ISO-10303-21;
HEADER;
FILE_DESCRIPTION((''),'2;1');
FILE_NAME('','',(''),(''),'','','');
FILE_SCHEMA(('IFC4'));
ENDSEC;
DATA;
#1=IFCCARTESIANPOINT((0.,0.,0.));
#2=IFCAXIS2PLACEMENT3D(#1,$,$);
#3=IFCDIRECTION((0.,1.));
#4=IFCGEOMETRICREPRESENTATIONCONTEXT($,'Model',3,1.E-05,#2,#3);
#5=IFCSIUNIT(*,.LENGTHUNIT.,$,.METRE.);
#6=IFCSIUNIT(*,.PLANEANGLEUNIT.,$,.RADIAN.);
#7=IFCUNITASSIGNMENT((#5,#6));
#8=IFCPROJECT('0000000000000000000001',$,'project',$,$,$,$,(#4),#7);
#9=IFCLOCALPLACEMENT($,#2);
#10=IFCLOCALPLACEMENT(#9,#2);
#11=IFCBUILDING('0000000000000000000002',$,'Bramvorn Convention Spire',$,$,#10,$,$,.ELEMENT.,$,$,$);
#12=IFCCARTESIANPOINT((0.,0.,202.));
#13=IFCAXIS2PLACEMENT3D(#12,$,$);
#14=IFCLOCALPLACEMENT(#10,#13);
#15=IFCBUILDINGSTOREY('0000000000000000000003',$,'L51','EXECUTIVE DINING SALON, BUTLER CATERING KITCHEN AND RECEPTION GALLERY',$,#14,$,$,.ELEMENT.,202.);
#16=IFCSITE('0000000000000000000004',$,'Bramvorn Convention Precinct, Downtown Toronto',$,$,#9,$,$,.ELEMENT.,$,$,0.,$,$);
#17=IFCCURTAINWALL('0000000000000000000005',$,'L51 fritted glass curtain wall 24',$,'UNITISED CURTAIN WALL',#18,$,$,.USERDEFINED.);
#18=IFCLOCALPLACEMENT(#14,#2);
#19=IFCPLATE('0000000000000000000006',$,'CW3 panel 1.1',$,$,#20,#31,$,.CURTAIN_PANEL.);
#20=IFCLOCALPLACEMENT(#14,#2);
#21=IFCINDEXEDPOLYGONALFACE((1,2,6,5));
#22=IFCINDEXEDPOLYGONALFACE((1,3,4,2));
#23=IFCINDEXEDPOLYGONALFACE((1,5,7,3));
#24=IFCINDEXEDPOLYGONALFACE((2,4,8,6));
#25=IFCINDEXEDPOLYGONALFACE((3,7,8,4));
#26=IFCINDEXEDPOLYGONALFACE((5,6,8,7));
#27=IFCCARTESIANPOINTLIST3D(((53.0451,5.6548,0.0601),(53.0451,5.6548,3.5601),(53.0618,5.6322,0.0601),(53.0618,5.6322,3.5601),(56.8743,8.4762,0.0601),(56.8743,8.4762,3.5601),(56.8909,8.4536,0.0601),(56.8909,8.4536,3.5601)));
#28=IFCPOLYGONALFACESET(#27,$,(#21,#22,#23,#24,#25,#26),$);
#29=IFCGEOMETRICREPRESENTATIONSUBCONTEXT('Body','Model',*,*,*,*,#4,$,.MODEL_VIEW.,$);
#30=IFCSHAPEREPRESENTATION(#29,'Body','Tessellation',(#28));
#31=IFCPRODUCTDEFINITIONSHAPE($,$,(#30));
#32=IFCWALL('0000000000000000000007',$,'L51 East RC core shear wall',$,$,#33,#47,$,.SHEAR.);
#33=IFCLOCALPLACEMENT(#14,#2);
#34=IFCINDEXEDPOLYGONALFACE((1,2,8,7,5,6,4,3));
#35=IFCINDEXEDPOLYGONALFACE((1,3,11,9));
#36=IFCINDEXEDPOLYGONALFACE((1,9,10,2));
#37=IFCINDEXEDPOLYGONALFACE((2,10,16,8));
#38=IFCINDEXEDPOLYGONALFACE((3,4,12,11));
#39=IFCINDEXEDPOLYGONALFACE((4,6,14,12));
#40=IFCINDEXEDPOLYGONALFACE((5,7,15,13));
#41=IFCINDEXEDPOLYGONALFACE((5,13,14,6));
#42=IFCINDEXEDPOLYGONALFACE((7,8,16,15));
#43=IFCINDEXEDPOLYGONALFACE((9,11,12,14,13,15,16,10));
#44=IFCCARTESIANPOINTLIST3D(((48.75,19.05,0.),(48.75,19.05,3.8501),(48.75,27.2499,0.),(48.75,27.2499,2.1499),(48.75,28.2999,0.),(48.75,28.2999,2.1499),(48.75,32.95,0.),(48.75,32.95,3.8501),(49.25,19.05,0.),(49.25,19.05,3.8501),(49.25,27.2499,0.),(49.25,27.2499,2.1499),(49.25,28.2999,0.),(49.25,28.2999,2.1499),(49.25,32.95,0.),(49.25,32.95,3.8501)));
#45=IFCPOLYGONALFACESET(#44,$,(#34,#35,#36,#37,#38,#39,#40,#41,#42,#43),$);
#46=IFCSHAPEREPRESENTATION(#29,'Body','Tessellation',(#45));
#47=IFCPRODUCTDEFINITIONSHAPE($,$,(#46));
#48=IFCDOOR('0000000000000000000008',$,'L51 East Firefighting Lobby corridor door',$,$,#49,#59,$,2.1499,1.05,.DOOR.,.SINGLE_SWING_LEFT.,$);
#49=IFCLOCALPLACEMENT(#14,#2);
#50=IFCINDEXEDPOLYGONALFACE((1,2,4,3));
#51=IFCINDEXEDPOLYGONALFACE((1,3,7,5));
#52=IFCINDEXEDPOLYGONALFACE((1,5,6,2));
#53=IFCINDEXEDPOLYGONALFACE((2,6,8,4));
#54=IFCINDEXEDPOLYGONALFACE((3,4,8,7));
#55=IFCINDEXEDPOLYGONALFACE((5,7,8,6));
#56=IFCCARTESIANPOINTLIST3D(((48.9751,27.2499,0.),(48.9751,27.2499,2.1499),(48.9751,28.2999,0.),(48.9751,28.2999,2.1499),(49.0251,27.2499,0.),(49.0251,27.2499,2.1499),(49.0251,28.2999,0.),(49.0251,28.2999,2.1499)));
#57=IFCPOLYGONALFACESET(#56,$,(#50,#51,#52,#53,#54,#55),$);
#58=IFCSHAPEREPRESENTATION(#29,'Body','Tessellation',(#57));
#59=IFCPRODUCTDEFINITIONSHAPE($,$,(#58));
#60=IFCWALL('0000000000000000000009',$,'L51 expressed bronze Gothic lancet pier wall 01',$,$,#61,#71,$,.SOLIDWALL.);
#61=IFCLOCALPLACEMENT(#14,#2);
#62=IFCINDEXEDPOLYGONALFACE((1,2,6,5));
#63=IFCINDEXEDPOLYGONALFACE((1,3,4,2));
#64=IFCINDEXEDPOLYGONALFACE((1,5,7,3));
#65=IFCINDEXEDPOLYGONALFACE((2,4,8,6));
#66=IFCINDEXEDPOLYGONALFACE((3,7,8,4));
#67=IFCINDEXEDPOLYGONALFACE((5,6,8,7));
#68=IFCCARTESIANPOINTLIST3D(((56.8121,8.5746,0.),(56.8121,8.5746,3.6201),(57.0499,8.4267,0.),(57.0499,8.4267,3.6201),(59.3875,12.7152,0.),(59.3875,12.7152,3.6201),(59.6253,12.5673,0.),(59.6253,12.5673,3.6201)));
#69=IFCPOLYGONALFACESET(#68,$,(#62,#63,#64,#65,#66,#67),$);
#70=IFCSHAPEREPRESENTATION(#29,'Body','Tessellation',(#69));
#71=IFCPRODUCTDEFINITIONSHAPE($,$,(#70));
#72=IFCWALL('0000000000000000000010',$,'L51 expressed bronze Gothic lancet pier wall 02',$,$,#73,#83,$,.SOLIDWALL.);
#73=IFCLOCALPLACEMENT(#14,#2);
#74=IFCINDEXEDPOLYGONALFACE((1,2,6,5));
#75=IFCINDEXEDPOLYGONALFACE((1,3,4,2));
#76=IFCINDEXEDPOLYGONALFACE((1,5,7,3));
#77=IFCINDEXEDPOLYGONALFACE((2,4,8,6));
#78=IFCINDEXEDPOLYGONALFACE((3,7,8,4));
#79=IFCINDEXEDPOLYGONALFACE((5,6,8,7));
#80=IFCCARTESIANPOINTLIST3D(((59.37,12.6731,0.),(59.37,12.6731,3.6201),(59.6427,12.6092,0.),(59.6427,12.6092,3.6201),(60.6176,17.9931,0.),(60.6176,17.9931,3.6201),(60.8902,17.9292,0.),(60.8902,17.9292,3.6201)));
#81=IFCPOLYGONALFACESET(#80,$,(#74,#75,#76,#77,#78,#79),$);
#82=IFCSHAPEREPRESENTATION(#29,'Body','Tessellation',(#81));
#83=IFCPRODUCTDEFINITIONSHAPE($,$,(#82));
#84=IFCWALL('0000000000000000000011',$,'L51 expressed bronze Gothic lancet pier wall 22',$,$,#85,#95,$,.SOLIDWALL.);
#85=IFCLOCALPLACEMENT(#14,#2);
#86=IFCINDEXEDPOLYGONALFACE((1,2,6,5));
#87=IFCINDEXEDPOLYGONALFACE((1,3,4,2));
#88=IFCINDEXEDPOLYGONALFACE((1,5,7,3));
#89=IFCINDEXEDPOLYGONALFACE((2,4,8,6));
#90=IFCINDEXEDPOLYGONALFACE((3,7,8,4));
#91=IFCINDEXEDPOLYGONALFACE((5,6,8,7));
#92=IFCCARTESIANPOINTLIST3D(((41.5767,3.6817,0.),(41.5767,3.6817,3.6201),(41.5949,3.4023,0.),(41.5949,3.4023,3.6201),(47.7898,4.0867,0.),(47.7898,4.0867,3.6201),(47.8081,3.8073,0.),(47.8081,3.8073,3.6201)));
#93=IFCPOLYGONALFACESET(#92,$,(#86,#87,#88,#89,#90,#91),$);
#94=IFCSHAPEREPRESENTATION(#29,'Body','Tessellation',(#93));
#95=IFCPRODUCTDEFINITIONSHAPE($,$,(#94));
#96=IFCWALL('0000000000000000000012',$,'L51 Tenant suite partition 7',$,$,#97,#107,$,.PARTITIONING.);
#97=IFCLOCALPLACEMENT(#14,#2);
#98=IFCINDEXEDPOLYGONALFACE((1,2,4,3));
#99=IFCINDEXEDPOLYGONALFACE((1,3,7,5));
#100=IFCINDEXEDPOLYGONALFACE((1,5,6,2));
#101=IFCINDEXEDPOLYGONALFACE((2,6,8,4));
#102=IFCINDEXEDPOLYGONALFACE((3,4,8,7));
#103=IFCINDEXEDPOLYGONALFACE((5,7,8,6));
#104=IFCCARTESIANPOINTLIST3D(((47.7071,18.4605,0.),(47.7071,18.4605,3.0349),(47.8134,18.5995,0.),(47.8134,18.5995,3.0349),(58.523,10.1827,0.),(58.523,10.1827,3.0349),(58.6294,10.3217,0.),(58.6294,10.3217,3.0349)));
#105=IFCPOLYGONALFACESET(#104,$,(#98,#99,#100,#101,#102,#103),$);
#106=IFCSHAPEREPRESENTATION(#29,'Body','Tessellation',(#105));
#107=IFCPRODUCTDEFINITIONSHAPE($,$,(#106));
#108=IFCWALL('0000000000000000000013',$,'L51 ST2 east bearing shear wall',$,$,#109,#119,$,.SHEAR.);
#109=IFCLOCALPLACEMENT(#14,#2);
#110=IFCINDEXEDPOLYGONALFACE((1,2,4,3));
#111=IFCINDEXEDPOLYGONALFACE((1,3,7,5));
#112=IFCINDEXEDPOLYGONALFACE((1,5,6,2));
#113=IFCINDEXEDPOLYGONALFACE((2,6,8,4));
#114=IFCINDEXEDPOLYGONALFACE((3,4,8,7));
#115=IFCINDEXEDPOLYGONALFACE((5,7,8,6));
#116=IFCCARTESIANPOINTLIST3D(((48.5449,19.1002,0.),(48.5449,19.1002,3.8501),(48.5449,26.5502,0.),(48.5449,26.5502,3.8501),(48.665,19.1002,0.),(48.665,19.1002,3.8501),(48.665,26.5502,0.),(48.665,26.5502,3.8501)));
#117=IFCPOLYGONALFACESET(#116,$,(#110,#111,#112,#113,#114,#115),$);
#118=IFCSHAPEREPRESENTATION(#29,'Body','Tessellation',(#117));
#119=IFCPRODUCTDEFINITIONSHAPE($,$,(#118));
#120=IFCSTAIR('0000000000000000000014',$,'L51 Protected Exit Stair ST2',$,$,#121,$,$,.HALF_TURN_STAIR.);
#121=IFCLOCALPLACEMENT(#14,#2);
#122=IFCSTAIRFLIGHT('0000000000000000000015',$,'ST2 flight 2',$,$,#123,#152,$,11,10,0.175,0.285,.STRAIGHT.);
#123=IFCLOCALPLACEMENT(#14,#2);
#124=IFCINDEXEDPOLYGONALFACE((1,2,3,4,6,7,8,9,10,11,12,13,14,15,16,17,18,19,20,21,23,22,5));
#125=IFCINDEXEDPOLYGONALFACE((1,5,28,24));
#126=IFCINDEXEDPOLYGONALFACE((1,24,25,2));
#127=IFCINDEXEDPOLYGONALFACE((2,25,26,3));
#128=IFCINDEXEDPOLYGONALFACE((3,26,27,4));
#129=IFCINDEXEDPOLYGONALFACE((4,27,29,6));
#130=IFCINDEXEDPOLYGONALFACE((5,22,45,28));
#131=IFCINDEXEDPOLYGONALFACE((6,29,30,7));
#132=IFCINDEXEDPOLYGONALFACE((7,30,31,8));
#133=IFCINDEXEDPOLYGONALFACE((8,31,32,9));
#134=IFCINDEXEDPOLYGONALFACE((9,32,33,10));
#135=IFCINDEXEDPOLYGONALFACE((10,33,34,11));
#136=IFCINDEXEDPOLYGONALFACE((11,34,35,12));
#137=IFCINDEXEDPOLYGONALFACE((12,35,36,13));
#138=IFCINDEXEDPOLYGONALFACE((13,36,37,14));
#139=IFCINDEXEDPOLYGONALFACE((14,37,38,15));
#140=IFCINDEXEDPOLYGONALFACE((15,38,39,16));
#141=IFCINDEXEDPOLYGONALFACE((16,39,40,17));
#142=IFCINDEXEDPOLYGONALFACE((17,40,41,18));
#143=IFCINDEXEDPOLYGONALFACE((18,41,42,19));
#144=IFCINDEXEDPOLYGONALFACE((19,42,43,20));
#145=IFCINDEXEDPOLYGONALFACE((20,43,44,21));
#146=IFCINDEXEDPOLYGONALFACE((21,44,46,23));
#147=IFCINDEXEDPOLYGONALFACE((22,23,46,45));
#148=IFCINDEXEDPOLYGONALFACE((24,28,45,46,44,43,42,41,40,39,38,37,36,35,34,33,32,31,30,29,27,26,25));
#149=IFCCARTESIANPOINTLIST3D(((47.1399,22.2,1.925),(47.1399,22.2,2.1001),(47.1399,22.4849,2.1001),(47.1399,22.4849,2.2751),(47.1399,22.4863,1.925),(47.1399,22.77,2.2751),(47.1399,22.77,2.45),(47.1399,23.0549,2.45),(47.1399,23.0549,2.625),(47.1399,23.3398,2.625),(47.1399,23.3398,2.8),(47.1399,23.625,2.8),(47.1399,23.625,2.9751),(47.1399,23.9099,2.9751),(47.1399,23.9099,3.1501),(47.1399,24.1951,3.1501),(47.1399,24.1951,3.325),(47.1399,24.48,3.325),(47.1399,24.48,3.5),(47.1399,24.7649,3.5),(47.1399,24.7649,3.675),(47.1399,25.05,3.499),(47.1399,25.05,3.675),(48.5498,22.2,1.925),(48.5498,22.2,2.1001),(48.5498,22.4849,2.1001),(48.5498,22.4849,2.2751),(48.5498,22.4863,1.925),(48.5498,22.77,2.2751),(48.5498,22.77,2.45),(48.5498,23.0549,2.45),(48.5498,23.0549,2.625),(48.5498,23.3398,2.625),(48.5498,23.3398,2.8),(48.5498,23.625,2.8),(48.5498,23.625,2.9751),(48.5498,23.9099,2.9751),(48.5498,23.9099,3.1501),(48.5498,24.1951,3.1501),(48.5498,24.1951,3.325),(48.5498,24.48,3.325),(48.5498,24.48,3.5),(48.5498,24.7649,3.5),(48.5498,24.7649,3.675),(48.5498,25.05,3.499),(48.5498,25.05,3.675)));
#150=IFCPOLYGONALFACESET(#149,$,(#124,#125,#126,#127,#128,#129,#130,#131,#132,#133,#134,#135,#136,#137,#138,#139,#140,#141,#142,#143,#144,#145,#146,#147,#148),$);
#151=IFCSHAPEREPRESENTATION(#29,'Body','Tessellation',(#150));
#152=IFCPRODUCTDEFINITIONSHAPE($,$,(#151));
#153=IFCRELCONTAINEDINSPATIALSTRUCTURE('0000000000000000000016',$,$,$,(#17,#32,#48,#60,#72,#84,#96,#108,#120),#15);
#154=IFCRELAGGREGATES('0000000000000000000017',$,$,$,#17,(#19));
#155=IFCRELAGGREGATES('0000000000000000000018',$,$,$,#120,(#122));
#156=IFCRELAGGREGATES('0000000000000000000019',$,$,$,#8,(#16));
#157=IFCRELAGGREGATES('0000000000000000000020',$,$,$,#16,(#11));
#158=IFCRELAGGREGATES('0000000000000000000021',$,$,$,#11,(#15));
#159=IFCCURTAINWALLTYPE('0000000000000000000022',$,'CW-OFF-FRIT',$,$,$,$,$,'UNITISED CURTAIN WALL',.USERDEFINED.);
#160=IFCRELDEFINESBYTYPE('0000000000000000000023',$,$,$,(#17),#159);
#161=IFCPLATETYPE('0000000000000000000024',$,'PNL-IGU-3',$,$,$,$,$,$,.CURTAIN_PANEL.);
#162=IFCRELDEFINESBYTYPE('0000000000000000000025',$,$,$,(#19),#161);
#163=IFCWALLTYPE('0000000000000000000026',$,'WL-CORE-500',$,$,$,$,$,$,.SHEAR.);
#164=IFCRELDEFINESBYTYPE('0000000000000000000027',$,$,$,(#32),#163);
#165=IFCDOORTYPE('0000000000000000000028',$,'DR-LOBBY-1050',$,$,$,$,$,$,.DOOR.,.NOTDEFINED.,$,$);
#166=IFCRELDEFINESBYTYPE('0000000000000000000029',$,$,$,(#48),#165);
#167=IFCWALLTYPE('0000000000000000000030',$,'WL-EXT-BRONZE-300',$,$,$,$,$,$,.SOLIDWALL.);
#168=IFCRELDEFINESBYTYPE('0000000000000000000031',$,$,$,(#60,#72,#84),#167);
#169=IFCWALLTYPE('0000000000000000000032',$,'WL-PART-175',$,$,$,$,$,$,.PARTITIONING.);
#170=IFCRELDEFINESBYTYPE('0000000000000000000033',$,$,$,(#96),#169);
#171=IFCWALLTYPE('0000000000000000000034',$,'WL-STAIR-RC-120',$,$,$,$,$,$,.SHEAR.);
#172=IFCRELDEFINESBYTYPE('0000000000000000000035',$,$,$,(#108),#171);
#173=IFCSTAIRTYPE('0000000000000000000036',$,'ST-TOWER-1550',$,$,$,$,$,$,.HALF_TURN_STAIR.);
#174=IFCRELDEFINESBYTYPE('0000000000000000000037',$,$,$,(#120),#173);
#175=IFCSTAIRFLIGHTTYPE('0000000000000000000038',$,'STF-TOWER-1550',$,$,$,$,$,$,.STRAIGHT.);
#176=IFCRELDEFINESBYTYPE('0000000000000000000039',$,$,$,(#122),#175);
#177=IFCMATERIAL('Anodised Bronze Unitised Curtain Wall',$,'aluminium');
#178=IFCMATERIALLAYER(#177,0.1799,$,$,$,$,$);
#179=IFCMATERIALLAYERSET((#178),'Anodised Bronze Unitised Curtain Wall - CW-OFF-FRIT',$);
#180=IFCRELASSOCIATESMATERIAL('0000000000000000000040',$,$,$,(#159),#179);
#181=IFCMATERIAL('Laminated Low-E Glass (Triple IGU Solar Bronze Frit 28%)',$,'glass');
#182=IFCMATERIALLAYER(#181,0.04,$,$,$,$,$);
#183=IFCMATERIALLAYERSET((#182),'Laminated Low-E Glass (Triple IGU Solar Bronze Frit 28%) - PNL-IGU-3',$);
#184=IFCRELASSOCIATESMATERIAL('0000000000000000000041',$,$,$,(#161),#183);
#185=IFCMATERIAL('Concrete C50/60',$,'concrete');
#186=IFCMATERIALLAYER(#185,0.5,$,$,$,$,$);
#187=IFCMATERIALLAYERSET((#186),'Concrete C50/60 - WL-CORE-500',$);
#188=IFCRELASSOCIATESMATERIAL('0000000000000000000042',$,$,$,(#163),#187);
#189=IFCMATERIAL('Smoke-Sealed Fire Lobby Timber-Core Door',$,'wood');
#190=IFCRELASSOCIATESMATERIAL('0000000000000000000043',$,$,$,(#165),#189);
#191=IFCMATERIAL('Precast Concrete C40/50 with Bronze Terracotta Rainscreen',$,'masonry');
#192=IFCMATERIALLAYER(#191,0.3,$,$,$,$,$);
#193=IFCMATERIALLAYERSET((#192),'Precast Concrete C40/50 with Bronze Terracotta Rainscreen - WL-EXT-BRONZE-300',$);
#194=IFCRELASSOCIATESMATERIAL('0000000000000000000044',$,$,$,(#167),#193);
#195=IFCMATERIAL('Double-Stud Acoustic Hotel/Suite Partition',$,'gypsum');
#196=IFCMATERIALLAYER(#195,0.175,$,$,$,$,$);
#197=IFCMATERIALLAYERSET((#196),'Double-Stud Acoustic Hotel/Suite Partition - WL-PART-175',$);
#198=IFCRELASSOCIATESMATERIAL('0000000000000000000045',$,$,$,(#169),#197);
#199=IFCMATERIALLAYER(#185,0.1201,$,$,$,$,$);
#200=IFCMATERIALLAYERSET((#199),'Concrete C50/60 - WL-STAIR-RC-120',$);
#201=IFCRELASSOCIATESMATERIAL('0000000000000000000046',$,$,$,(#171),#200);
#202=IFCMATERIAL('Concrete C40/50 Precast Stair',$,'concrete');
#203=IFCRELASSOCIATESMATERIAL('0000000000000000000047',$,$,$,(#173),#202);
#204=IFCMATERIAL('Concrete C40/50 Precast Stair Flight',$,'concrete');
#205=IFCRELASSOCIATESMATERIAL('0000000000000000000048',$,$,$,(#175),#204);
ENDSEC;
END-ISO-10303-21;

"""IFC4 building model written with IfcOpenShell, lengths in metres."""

from ifc_helpers import new_model, si_unit, direction, frame, frame_2d, origin, origin_2d, place, context, subcontext, project, spatial, polyline, rectangle, outline, extrude, material, layer, layer_set, type_object, element, fill, aggregate, save


model = new_model("IFC4")

# Units and contexts
model_context = context("Model", 3, precision=1e-05, world=origin(), true_north=direction((0.0, 1.0)))
body_context = subcontext(model_context, "Body", "Model", "MODEL_VIEW")
ifc_project = project(units=[si_unit("LENGTHUNIT", "METRE"), si_unit("PLANEANGLEUNIT", "RADIAN")], contexts=[model_context])

# Site, building, storey
site_placement = place(None, origin())
site = spatial("IfcSite", under=ifc_project, at=site_placement, Name="Bramvorn Convention Precinct, Downtown Toronto", CompositionType="ELEMENT", RefElevation=0.0)
building_placement = place(site_placement, origin())
building = spatial("IfcBuilding", under=site, at=building_placement, Name="Bramvorn Convention Spire", CompositionType="ELEMENT")
storey_placement = place(building_placement, frame((0.0, 0.0, 202.0)))
storey = spatial("IfcBuildingStorey", under=building, at=storey_placement, Name="L51", Description="EXECUTIVE DINING SALON, BUTLER CATERING KITCHEN AND RECEPTION GALLERY", CompositionType="ELEMENT", Elevation=202.0)

# Curtain wall
ifc_material_1 = material(Name="Anodised Bronze Unitised Curtain Wall", Category="aluminium")
ifc_layer_1 = layer(ifc_material_1, 0.1799)
ifc_layer_set_1 = layer_set([ifc_layer_1], Name="Anodised Bronze Unitised Curtain Wall - CW-OFF-FRIT")
curtain_wall_type = type_object("IfcCurtainWallType", Name="CW-OFF-FRIT", ElementType="UNITISED CURTAIN WALL", PredefinedType="USERDEFINED", material=ifc_layer_set_1)
curtain_wall_1_placement = place(storey_placement, origin())
curtain_wall_1 = element("IfcCurtainWall", 1, at=curtain_wall_1_placement, inside=storey, type_object=curtain_wall_type, Name="L51 fritted glass curtain wall 24", ObjectType="UNITISED CURTAIN WALL", PredefinedType="USERDEFINED")

# Plate
ifc_material_2 = material(Name="Laminated Low-E Glass (Triple IGU Solar Bronze Frit 28%)", Category="glass")
ifc_layer_2 = layer(ifc_material_2, 0.04)
ifc_layer_set_2 = layer_set([ifc_layer_2], Name="Laminated Low-E Glass (Triple IGU Solar Bronze Frit 28%) - PNL-IGU-3")
plate_type = type_object("IfcPlateType", Name="PNL-IGU-3", PredefinedType="CURTAIN_PANEL", material=ifc_layer_set_2)
plate_1_placement = place(storey_placement, frame((54.968, 7.0542, 0.0601), z_axis=(0.0, 0.0, 1.0), x_axis=(-0.805068, -0.593183, 0.0)))
plate_1 = element("IfcPlate", 2, at=plate_1_placement, type_object=plate_type, Name="CW3 panel 1.1", PredefinedType="CURTAIN_PANEL", context=body_context, shape_type="SweptSolid", body=[
    extrude(rectangle(XDim=4.7563, YDim=0.0281, at=origin_2d()), origin(), (0.0, 0.0, 1.0), 3.5),
])
aggregate(curtain_wall_1, [plate_1])

# Wall, opening, door
ifc_material_3 = material(Name="Concrete C50/60", Category="concrete")
ifc_layer_3 = layer(ifc_material_3, 0.5)
ifc_layer_set_3 = layer_set([ifc_layer_3], Name="Concrete C50/60 - WL-CORE-500")
wall_type_1 = type_object("IfcWallType", Name="WL-CORE-500", PredefinedType="SHEAR", material=ifc_layer_set_3)
wall_1_placement = place(storey_placement, frame((49.0, 19.05, 0.0), z_axis=(0.0, 0.0, 1.0), x_axis=(0.0, 1.0, 0.0)))
wall_1 = element("IfcWall", 3, at=wall_1_placement, inside=storey, type_object=wall_type_1, Name="L51 East RC core shear wall", PredefinedType="SHEAR", context=body_context, shape_type="SweptSolid", body=[
    extrude(rectangle(XDim=13.8999, YDim=0.5, at=frame_2d((6.95, 0.0))), origin(), (0.0, 0.0, 1.0), 3.8501),
])
opening_placement = place(wall_1_placement, frame((8.2, 0.0, 0.0)))
opening = element("IfcOpeningElement", 4, at=opening_placement, cuts=wall_1, PredefinedType="OPENING", context=body_context, shape_type="SweptSolid", body=[
    extrude(rectangle(XDim=1.05, YDim=2.1499, at=frame_2d((0.5249, 1.075))), frame((0.0, 0.26, 0.0), z_axis=(0.0, -1.0, 0.0), x_axis=(1.0, 0.0, 0.0)), (0.0, 0.0, 1.0), 0.52),
])
ifc_material_4 = material(Name="Smoke-Sealed Fire Lobby Timber-Core Door", Category="wood")
door_type = type_object("IfcDoorType", Name="DR-LOBBY-1050", OperationType="NOTDEFINED", PredefinedType="DOOR", material=ifc_material_4)
door_placement = place(opening_placement, origin())
door = element("IfcDoor", 5, at=door_placement, inside=storey, type_object=door_type, Name="L51 East Firefighting Lobby corridor door", OperationType="SINGLE_SWING_LEFT", OverallHeight=2.1499, OverallWidth=1.05, PredefinedType="DOOR", context=body_context, shape_type="SweptSolid", body=[
    extrude(rectangle(XDim=1.05, YDim=2.1499, at=frame_2d((0.5249, 1.075))), frame((0.0, 0.0249, 0.0), z_axis=(0.0, -1.0, 0.0), x_axis=(1.0, 0.0, 0.0)), (0.0, 0.0, 1.0), 0.05),
])
fill(opening, door)

# Walls
ifc_material_5 = material(Name="Precast Concrete C40/50 with Bronze Terracotta Rainscreen", Category="masonry")
ifc_layer_4 = layer(ifc_material_5, 0.3)
ifc_layer_set_4 = layer_set([ifc_layer_4], Name="Precast Concrete C40/50 with Bronze Terracotta Rainscreen - WL-EXT-BRONZE-300")
wall_type_2 = type_object("IfcWallType", Name="WL-EXT-BRONZE-300", PredefinedType="SOLIDWALL", material=ifc_layer_set_4)
wall_2_placement = place(storey_placement, frame((59.5063, 12.6411, 0.0), z_axis=(0.0, 0.0, 1.0), x_axis=(-0.528162, -0.849144, 0.0)))
element("IfcWall", 6, at=wall_2_placement, inside=storey, type_object=wall_type_2, Name="L51 expressed bronze Gothic lancet pier wall 01", PredefinedType="SOLIDWALL", context=body_context, shape_type="SweptSolid", body=[
    extrude(rectangle(XDim=4.8762, YDim=0.28, at=frame_2d((2.438, 0.0))), origin(), (0.0, 0.0, 1.0), 3.6201),
])
wall_3_placement = place(storey_placement, frame((60.7539, 17.9612, 0.0), z_axis=(0.0, 0.0, 1.0), x_axis=(-0.228307, -0.973589, 0.0)))
element("IfcWall", 7, at=wall_3_placement, inside=storey, type_object=wall_type_2, Name="L51 expressed bronze Gothic lancet pier wall 02", PredefinedType="SOLIDWALL", context=body_context, shape_type="SweptSolid", body=[
    extrude(rectangle(XDim=5.4644, YDim=0.28, at=frame_2d((2.7322, 0.0))), origin(), (0.0, 0.0, 1.0), 3.6201),
])
wall_4_placement = place(storey_placement, frame((47.7991, 3.947, 0.0), z_axis=(0.0, 0.0, 1.0), x_axis=(-0.997882, -0.065051, 0.0)))
element("IfcWall", 8, at=wall_4_placement, inside=storey, type_object=wall_type_2, Name="L51 expressed bronze Gothic lancet pier wall 22", PredefinedType="SOLIDWALL", context=body_context, shape_type="SweptSolid", body=[
    extrude(rectangle(XDim=6.2263, YDim=0.28, at=frame_2d((3.1133, 0.0))), origin(), (0.0, 0.0, 1.0), 3.6201),
])
ifc_material_6 = material(Name="Double-Stud Acoustic Hotel/Suite Partition", Category="gypsum")
ifc_layer_5 = layer(ifc_material_6, 0.175)
ifc_layer_set_5 = layer_set([ifc_layer_5], Name="Double-Stud Acoustic Hotel/Suite Partition - WL-PART-175")
wall_type_3 = type_object("IfcWallType", Name="WL-PART-175", PredefinedType="PARTITIONING", material=ifc_layer_set_5)
wall_5_placement = place(storey_placement, frame((47.7603, 18.53, 0.0), z_axis=(0.0, 0.0, 1.0), x_axis=(0.794116, -0.607767, 0.0)))
element("IfcWall", 9, at=wall_5_placement, inside=storey, type_object=wall_type_3, Name="L51 Tenant suite partition 7", PredefinedType="PARTITIONING", context=body_context, shape_type="SweptSolid", body=[
    extrude(rectangle(XDim=13.6201, YDim=0.175, at=frame_2d((6.8101, 0.0))), origin(), (0.0, 0.0, 1.0), 3.0349),
])
ifc_layer_6 = layer(ifc_material_3, 0.1201)
ifc_layer_set_6 = layer_set([ifc_layer_6], Name="Concrete C50/60 - WL-STAIR-RC-120")
wall_type_4 = type_object("IfcWallType", Name="WL-STAIR-RC-120", PredefinedType="SHEAR", material=ifc_layer_set_6)
wall_6_placement = place(storey_placement, frame((48.605, 19.1001, 0.0), z_axis=(0.0, 0.0, 1.0), x_axis=(0.0, 1.0, 0.0)))
element("IfcWall", 10, at=wall_6_placement, inside=storey, type_object=wall_type_4, Name="L51 ST2 east bearing shear wall", PredefinedType="SHEAR", context=body_context, shape_type="SweptSolid", body=[
    extrude(rectangle(XDim=7.45, YDim=0.1201, at=frame_2d((3.7251, 0.0))), origin(), (0.0, 0.0, 1.0), 3.8501),
])

# Stair, stair flight
ifc_material_7 = material(Name="Concrete C40/50 Precast Stair", Category="concrete")
stair_type = type_object("IfcStairType", Name="ST-TOWER-1550", PredefinedType="HALF_TURN_STAIR", material=ifc_material_7)
stair_placement = place(storey_placement, origin())
stair = element("IfcStair", 11, at=stair_placement, inside=storey, type_object=stair_type, Name="L51 Protected Exit Stair ST2", PredefinedType="HALF_TURN_STAIR")
ifc_material_8 = material(Name="Concrete C40/50 Precast Stair Flight", Category="concrete")
stair_flight_type = type_object("IfcStairFlightType", Name="STF-TOWER-1550", PredefinedType="STRAIGHT", material=ifc_material_8)
stair_flight_placement = place(storey_placement, frame((47.845, 22.2, 1.925), z_axis=(0.0, 0.0, 1.0), x_axis=(0.0, 1.0, 0.0)))
stair_flight = element("IfcStairFlight", 12, at=stair_flight_placement, type_object=stair_flight_type, Name="ST2 flight 2", NumberOfRisers=11, NumberOfTreads=10, PredefinedType="STRAIGHT", RiserHeight=0.175, TreadLength=0.285, context=body_context, shape_type="SweptSolid", body=[
    extrude(outline(polyline([(0.0, 0.0), (0.0, 0.175), (0.2849, 0.175), (0.2849, 0.3501), (0.5701, 0.3501), (0.5701, 0.5249), (0.855, 0.5249), (0.855, 0.7), (1.1399, 0.7), (1.1399, 0.875), (1.425, 0.875), (1.425, 1.05), (1.71, 1.05), (1.71, 1.2251), (1.9951, 1.2251), (1.9951, 1.3999), (2.28, 1.3999), (2.28, 1.575), (2.5649, 1.575), (2.5649, 1.75), (2.8501, 1.75), (2.8501, 1.925), (2.8501, 1.574), (0.2864, 0.0), (0.0, 0.0)])), frame((0.0, 0.7051, 0.0), z_axis=(0.0, -1.0, 0.0), x_axis=(1.0, 0.0, 0.0)), (0.0, 0.0, 1.0), 1.4099),
])
aggregate(stair, [stair_flight])

save(model, "model.ifc")
